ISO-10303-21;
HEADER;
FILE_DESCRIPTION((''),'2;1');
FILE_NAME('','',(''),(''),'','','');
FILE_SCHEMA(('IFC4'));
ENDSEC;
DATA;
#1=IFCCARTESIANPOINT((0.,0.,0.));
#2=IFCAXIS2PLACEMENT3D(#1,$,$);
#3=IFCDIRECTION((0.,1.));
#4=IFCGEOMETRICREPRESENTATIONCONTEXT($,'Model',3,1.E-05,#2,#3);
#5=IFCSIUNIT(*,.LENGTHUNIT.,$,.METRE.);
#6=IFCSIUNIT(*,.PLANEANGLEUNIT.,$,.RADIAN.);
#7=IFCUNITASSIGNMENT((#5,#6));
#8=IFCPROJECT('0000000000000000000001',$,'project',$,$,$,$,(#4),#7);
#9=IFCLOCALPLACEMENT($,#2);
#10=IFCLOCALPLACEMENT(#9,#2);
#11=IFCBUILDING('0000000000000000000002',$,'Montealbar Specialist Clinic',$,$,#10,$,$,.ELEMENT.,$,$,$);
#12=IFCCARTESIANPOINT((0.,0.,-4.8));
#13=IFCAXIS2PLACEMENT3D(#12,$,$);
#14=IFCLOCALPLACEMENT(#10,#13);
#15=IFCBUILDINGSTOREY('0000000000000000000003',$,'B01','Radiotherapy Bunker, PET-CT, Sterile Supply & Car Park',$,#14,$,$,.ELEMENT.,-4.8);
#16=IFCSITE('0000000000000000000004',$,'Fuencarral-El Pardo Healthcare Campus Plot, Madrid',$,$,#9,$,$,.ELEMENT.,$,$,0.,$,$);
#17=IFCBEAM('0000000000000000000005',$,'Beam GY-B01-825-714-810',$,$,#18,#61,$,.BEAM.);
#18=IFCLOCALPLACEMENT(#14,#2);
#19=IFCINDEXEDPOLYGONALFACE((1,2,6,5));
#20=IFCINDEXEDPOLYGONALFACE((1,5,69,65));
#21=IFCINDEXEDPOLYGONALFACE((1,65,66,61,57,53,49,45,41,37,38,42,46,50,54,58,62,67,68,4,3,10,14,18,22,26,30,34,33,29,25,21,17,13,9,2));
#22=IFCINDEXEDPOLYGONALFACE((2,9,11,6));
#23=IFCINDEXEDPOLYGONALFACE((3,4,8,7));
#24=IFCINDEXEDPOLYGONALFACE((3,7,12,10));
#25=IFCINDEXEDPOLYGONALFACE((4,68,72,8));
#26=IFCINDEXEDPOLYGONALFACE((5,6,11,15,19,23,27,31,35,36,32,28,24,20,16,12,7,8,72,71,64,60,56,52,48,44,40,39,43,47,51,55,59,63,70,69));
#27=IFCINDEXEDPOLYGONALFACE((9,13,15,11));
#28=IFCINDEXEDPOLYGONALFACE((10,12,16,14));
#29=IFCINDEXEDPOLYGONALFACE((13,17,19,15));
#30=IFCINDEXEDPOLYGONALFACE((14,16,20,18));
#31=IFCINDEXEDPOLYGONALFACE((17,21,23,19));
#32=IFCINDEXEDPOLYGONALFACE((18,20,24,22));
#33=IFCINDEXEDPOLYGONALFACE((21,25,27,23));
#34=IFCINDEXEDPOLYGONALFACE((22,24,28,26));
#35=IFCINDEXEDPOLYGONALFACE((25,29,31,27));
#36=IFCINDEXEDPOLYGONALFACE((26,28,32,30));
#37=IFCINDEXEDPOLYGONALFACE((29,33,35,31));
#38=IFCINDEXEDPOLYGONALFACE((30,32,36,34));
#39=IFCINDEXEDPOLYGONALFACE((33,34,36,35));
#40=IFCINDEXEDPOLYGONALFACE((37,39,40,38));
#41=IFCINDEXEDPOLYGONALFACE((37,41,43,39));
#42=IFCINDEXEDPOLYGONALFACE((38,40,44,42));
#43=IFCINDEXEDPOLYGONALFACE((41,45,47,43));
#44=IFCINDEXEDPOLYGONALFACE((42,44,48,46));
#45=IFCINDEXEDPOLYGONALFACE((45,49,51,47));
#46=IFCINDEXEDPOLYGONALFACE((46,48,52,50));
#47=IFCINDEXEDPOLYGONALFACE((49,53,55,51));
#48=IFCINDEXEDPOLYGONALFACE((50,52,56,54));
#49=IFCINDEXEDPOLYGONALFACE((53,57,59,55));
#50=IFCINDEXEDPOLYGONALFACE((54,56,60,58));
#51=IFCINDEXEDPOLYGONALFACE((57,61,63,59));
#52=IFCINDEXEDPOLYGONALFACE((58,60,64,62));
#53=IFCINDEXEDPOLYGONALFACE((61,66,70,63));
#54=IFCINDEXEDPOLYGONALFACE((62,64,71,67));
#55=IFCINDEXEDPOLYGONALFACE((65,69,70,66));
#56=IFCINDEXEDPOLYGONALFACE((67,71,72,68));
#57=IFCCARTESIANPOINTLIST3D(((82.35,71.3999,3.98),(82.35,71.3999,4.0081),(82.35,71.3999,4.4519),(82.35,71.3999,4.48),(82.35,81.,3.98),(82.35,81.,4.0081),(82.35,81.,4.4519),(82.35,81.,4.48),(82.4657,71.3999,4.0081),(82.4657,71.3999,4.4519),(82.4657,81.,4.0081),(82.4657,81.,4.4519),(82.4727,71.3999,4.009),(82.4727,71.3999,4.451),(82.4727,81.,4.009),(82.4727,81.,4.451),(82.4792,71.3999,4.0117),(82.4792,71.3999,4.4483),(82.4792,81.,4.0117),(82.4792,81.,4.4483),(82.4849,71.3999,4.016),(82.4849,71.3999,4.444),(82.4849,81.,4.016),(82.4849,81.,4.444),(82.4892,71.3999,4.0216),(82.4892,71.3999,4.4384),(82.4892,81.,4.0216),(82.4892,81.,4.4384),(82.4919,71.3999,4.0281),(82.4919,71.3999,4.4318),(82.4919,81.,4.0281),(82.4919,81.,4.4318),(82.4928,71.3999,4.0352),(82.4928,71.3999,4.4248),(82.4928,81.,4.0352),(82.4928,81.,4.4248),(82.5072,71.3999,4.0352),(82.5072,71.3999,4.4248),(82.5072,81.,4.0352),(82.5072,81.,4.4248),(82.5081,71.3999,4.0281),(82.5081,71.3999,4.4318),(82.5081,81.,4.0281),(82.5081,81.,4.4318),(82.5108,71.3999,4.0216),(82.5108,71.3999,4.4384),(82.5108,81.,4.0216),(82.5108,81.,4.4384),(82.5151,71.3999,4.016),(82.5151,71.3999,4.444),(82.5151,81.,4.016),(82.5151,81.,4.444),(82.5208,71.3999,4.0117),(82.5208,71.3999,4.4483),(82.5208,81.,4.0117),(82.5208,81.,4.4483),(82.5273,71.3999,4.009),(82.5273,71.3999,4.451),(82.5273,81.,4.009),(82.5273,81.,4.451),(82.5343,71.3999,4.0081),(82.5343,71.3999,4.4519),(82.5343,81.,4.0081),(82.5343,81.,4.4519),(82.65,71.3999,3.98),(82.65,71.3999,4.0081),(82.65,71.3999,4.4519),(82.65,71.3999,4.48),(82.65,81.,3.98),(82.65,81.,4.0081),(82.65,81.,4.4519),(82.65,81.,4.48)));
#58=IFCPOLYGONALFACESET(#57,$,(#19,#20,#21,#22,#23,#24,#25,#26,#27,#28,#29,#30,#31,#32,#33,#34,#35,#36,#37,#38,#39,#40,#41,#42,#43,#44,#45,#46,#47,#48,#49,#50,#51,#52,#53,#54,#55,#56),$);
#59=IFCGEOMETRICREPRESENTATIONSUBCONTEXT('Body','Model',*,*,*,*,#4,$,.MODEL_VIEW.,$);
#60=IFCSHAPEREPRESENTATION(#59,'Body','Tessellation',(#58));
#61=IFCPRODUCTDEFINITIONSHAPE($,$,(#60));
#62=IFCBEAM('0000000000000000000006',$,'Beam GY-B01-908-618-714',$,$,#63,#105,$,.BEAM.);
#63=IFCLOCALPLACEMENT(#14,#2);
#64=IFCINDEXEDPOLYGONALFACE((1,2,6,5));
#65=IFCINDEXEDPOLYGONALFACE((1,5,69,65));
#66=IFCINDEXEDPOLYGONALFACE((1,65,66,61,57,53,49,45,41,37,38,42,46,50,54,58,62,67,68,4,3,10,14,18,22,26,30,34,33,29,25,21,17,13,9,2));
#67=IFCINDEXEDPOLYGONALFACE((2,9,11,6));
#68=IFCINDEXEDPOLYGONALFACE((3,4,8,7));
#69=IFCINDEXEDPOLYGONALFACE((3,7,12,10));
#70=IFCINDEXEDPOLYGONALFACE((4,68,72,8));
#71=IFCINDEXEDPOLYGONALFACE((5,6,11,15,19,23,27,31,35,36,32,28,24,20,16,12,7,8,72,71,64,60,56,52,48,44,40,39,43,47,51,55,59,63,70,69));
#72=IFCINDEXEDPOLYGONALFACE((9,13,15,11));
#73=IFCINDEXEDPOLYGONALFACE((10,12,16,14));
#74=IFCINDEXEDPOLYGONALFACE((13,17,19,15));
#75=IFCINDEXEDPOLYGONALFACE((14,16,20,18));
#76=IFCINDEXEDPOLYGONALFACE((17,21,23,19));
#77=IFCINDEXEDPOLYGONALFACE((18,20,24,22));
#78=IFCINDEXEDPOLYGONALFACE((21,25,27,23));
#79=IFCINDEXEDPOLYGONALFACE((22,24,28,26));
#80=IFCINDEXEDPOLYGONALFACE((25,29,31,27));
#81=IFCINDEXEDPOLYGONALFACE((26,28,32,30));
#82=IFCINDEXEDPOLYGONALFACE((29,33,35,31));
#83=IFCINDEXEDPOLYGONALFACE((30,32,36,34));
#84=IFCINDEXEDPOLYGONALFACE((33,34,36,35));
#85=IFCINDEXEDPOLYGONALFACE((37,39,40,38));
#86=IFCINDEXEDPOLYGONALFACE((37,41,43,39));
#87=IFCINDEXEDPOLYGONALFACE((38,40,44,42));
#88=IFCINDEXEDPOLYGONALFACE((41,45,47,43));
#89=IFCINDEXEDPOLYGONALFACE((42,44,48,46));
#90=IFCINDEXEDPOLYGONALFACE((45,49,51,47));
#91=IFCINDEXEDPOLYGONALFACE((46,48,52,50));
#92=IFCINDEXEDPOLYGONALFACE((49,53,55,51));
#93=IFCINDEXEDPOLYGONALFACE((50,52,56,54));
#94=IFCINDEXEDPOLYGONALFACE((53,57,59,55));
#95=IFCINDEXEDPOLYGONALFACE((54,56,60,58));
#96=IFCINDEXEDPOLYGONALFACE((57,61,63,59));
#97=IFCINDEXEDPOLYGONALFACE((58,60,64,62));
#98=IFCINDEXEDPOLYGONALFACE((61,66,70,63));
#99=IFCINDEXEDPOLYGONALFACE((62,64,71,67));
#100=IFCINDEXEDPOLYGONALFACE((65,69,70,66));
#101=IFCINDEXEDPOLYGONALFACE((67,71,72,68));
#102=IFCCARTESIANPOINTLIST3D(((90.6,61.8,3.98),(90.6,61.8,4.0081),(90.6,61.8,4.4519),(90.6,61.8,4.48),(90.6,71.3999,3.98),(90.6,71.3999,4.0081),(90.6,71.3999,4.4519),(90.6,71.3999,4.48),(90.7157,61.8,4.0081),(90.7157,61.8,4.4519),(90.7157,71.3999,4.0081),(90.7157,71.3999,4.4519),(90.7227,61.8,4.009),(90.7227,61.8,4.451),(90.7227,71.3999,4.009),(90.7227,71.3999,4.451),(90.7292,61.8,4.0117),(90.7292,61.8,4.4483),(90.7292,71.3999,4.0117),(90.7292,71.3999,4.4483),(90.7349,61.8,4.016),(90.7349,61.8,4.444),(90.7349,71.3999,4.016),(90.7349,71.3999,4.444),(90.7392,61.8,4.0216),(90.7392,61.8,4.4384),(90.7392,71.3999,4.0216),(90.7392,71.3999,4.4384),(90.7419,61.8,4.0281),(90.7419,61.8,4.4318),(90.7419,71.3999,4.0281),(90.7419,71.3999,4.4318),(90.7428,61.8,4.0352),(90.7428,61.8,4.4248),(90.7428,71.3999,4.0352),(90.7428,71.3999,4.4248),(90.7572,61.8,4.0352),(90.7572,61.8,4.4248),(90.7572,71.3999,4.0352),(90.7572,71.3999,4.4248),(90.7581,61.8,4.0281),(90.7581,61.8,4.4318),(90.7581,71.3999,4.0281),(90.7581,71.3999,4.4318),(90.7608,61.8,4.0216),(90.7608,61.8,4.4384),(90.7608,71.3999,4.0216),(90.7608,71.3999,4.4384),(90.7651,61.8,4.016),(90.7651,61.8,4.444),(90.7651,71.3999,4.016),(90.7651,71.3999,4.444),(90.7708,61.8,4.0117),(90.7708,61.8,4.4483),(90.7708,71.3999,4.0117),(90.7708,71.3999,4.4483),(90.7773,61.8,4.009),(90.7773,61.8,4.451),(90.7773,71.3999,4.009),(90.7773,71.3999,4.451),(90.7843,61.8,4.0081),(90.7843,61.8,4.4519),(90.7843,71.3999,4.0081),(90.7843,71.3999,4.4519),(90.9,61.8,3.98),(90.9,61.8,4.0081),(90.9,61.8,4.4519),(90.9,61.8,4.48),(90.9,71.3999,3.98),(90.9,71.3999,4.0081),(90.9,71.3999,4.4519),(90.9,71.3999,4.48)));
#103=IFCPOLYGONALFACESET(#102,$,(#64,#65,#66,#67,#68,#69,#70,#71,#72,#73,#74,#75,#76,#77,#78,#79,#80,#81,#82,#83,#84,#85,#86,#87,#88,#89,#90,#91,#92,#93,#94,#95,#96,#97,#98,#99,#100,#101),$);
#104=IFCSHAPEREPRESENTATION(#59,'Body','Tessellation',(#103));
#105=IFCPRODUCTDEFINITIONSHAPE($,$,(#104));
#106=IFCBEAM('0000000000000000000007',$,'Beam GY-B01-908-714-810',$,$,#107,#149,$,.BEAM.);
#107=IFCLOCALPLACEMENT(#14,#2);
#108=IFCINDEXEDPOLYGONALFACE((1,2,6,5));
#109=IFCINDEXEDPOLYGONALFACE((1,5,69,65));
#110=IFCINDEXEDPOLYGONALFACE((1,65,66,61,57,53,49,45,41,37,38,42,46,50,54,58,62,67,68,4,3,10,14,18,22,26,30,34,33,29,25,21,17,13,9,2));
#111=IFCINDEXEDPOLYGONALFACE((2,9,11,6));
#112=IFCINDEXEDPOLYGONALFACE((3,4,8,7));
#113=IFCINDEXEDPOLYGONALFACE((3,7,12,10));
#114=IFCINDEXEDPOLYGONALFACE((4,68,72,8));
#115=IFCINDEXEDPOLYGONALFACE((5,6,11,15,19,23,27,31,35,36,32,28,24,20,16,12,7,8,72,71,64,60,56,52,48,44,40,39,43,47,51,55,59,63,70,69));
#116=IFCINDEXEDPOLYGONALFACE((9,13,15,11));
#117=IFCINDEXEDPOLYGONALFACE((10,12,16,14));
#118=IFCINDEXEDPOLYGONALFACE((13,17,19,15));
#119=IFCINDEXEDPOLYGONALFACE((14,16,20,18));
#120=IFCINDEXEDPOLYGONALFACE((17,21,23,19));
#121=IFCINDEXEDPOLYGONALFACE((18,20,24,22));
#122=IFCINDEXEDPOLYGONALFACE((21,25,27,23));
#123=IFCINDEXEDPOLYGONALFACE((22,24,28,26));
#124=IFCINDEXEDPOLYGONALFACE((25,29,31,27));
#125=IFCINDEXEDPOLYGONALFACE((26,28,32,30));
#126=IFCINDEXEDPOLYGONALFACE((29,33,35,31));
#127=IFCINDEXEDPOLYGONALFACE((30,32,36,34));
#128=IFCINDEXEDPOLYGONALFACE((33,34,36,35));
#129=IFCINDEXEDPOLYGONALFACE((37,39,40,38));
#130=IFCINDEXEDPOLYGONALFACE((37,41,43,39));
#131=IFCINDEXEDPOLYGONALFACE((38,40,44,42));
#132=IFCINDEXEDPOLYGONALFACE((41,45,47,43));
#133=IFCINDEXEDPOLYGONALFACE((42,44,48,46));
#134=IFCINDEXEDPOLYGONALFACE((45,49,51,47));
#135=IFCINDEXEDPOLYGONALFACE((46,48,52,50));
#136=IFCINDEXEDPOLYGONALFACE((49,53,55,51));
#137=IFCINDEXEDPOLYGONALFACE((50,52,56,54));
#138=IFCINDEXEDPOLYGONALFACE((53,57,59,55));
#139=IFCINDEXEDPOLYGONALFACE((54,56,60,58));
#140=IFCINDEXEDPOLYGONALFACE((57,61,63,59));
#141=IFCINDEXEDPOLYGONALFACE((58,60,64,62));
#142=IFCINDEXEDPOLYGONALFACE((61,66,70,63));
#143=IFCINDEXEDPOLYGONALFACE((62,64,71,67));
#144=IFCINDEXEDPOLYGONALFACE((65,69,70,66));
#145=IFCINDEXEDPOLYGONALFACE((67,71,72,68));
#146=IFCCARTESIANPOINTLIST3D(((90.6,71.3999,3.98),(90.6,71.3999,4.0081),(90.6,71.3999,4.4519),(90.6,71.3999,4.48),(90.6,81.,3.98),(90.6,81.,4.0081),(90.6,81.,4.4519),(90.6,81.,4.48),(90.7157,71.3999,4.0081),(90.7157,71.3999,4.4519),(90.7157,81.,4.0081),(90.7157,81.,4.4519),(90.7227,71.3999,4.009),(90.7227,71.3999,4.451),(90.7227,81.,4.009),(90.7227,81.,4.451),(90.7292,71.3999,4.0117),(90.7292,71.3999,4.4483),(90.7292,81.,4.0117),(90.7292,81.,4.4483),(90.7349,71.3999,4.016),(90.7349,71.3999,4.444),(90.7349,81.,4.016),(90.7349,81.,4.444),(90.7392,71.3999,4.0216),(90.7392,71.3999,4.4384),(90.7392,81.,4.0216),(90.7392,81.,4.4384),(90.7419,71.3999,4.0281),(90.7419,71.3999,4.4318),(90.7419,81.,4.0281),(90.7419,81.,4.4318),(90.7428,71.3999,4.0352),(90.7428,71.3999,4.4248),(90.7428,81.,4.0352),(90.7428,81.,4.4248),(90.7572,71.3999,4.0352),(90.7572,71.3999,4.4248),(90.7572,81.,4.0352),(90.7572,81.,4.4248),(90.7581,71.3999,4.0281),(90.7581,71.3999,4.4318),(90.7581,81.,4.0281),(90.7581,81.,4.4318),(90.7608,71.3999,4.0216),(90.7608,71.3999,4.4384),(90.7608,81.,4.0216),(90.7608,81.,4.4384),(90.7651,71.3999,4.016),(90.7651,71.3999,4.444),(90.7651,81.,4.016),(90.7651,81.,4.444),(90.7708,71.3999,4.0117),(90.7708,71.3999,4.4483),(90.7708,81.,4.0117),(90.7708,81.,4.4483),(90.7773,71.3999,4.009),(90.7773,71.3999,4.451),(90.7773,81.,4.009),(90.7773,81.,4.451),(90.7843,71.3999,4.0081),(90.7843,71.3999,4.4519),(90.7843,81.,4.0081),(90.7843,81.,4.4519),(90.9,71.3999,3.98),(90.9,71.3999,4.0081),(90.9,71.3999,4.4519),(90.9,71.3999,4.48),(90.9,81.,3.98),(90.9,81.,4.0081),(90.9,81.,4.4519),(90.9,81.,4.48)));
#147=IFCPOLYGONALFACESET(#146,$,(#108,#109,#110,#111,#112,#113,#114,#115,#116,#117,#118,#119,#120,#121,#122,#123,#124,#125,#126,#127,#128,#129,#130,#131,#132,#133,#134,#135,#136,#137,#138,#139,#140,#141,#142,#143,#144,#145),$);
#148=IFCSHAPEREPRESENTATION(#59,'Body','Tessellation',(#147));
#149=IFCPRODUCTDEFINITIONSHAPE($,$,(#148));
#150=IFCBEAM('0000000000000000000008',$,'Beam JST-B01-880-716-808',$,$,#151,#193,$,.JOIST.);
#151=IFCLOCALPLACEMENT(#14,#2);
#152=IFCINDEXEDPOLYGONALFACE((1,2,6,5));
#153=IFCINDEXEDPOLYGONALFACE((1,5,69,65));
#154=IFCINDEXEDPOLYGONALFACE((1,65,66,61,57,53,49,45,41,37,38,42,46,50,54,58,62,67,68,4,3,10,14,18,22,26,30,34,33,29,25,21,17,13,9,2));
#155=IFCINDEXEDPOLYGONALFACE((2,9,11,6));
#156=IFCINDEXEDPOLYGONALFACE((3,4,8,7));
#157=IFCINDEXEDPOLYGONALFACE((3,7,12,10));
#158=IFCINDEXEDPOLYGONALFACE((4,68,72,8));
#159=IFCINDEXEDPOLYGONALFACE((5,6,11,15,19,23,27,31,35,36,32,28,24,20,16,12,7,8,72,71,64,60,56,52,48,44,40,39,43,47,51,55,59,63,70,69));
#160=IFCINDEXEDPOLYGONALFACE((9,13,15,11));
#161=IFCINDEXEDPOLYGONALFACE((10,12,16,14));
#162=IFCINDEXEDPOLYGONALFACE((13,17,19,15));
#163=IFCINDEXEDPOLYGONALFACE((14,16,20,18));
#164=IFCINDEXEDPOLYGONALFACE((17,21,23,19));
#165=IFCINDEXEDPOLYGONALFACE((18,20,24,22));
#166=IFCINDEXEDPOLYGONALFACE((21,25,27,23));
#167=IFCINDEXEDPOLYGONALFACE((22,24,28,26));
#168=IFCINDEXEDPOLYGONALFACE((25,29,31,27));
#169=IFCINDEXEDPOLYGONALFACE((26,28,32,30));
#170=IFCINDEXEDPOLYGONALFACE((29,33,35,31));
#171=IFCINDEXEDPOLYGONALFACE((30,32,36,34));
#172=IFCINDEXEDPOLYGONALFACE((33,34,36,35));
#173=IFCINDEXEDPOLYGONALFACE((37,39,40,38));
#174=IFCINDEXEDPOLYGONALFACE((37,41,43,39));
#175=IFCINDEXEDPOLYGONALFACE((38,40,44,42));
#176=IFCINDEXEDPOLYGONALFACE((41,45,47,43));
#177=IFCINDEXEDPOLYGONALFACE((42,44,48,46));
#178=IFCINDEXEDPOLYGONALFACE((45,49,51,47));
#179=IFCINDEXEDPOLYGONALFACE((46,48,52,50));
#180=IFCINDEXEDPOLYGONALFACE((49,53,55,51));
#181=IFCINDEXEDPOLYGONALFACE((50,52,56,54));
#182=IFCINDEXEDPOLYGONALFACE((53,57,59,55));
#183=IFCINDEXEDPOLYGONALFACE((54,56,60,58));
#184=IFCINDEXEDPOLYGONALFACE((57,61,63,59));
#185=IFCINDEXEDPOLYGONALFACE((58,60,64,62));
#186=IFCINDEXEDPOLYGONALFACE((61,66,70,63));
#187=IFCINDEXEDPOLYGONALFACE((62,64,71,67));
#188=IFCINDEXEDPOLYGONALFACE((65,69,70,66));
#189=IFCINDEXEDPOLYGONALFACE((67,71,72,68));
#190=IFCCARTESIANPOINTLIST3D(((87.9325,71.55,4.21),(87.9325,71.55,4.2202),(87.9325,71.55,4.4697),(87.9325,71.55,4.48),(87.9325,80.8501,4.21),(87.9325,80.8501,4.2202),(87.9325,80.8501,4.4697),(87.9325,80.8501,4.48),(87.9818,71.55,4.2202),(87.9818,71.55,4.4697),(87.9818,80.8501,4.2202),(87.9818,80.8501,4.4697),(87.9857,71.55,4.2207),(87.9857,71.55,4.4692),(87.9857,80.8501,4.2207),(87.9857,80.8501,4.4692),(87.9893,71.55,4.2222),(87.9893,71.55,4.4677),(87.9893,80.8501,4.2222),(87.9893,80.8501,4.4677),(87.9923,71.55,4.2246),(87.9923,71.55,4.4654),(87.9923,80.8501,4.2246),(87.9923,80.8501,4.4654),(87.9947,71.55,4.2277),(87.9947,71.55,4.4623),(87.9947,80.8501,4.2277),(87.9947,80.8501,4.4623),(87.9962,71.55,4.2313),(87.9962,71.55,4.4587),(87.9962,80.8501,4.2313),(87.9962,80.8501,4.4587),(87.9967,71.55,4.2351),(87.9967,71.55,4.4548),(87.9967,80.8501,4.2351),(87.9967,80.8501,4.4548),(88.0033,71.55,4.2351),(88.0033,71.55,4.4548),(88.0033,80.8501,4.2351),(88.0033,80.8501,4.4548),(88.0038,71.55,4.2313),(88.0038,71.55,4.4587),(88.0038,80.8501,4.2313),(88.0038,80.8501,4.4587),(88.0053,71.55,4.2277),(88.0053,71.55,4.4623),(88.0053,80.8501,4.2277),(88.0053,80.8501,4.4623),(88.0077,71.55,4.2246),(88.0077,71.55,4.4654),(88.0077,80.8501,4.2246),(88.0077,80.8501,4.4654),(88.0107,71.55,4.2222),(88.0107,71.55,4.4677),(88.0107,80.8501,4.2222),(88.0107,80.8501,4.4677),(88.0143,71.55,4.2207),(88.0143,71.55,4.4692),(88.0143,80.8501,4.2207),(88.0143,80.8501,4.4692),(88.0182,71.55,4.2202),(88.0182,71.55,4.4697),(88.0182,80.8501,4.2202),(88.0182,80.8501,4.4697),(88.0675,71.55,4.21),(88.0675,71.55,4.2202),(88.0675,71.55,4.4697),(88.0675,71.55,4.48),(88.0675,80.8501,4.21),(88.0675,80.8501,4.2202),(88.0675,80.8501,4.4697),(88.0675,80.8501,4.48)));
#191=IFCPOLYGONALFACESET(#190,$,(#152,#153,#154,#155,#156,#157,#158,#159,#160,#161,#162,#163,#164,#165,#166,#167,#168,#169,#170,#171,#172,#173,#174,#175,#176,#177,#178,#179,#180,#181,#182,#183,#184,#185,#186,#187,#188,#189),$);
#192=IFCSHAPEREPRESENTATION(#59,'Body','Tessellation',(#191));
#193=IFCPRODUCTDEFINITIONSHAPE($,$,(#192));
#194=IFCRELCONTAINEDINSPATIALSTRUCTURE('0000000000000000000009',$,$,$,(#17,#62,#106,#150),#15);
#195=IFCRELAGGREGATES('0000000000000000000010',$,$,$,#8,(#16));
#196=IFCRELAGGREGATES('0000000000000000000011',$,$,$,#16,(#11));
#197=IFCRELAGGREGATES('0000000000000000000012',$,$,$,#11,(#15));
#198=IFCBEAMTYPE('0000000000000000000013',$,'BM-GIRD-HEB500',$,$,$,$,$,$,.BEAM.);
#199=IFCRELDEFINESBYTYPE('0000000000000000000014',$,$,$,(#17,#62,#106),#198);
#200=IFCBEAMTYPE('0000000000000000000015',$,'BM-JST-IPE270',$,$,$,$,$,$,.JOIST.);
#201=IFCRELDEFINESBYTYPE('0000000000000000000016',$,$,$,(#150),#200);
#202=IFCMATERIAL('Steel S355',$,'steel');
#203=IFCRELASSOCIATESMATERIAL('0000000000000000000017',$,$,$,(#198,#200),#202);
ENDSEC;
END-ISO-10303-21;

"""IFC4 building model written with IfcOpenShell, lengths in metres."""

from ifc_helpers import new_model, si_unit, direction, frame, origin, origin_2d, place, context, subcontext, project, spatial, i_section, extrude, material, material_profile, profile_set, type_object, element, save


model = new_model("IFC4")

# Units and contexts
model_context = context("Model", 3, precision=1e-05, world=origin(), true_north=direction((0.0, 1.0)))
body_context = subcontext(model_context, "Body", "Model", "MODEL_VIEW")
ifc_project = project(units=[si_unit("LENGTHUNIT", "METRE"), si_unit("PLANEANGLEUNIT", "RADIAN")], contexts=[model_context])

# Site, building, storey
site_placement = place(None, origin())
site = spatial("IfcSite", under=ifc_project, at=site_placement, Name="Fuencarral-El Pardo Healthcare Campus Plot, Madrid", CompositionType="ELEMENT", RefElevation=0.0)
building_placement = place(site_placement, origin())
building = spatial("IfcBuilding", under=site, at=building_placement, Name="Montealbar Specialist Clinic", CompositionType="ELEMENT")
storey_placement = place(building_placement, frame((0.0, 0.0, -4.8)))
storey = spatial("IfcBuildingStorey", under=building, at=storey_placement, Name="B01", Description="Radiotherapy Bunker, PET-CT, Sterile Supply & Car Park", CompositionType="ELEMENT", Elevation=-4.8)

# Shared definitions
ifc_material_1 = material(Name="Steel S355", Category="steel")

# Beams
ifc_material_profile_1 = material_profile(ifc_material_1, i_section(OverallWidth=0.3, OverallDepth=0.5, WebThickness=0.0144, FlangeThickness=0.0281, FilletRadius=0.0271, at=origin_2d()), Name="HEB 500", Category="steel")
ifc_profile_set_1 = profile_set([ifc_material_profile_1], Name="Steel S355")
beam_type_1 = type_object("IfcBeamType", Name="BM-GIRD-HEB500", PredefinedType="BEAM", material=ifc_profile_set_1)
for number, where, z_axis, x_axis, name in (
    (1, (82.5, 71.3999, 4.23), (0.0, 1.0, 0.0), (-1.0, 0.0, 0.0), "Beam GY-B01-825-714-810"),
):
    element("IfcBeam", number, at=place(storey_placement, frame(where, z_axis=z_axis, x_axis=x_axis)), inside=storey, type_object=beam_type_1, Name=name, PredefinedType="BEAM", context=body_context, shape_type="SweptSolid", body=[
        extrude(i_section(OverallWidth=0.3, OverallDepth=0.5, WebThickness=0.0144, FlangeThickness=0.0281, FilletRadius=0.0271, at=origin_2d()), origin(), (0.0, 0.0, 1.0), 9.6001),
    ])
beam_1_placement = place(storey_placement, frame((90.75, 61.8, 4.23), z_axis=(0.0, 1.0, 0.0), x_axis=(-1.0, 0.0, 0.0)))
element("IfcBeam", 2, at=beam_1_placement, inside=storey, type_object=beam_type_1, Name="Beam GY-B01-908-618-714", PredefinedType="BEAM", context=body_context, shape_type="SweptSolid", body=[
    extrude(i_section(OverallWidth=0.3, OverallDepth=0.5, WebThickness=0.0144, FlangeThickness=0.0281, FilletRadius=0.0271, at=origin_2d()), origin(), (0.0, 0.0, 1.0), 9.5999),
])
beam_2_placement = place(storey_placement, frame((90.75, 71.3999, 4.23), z_axis=(0.0, 1.0, 0.0), x_axis=(-1.0, 0.0, 0.0)))
element("IfcBeam", 3, at=beam_2_placement, inside=storey, type_object=beam_type_1, Name="Beam GY-B01-908-714-810", PredefinedType="BEAM", context=body_context, shape_type="SweptSolid", body=[
    extrude(i_section(OverallWidth=0.3, OverallDepth=0.5, WebThickness=0.0144, FlangeThickness=0.0281, FilletRadius=0.0271, at=origin_2d()), origin(), (0.0, 0.0, 1.0), 9.6001),
])
ifc_material_profile_2 = material_profile(ifc_material_1, i_section(OverallWidth=0.135, OverallDepth=0.27, WebThickness=0.0066, FlangeThickness=0.0103, FilletRadius=0.0149, at=origin_2d()), Name="IPE 270", Category="steel")
ifc_profile_set_2 = profile_set([ifc_material_profile_2], Name="Steel S355")
beam_type_2 = type_object("IfcBeamType", Name="BM-JST-IPE270", PredefinedType="JOIST", material=ifc_profile_set_2)
beam_3_placement = place(storey_placement, frame((88.0, 71.55, 4.345), z_axis=(0.0, 1.0, 0.0), x_axis=(-1.0, 0.0, 0.0)))
element("IfcBeam", 4, at=beam_3_placement, inside=storey, type_object=beam_type_2, Name="Beam JST-B01-880-716-808", PredefinedType="JOIST", context=body_context, shape_type="SweptSolid", body=[
    extrude(i_section(OverallWidth=0.135, OverallDepth=0.27, WebThickness=0.0066, FlangeThickness=0.0103, FilletRadius=0.0149, at=origin_2d()), origin(), (0.0, 0.0, 1.0), 9.3),
])

save(model, "model.ifc")
